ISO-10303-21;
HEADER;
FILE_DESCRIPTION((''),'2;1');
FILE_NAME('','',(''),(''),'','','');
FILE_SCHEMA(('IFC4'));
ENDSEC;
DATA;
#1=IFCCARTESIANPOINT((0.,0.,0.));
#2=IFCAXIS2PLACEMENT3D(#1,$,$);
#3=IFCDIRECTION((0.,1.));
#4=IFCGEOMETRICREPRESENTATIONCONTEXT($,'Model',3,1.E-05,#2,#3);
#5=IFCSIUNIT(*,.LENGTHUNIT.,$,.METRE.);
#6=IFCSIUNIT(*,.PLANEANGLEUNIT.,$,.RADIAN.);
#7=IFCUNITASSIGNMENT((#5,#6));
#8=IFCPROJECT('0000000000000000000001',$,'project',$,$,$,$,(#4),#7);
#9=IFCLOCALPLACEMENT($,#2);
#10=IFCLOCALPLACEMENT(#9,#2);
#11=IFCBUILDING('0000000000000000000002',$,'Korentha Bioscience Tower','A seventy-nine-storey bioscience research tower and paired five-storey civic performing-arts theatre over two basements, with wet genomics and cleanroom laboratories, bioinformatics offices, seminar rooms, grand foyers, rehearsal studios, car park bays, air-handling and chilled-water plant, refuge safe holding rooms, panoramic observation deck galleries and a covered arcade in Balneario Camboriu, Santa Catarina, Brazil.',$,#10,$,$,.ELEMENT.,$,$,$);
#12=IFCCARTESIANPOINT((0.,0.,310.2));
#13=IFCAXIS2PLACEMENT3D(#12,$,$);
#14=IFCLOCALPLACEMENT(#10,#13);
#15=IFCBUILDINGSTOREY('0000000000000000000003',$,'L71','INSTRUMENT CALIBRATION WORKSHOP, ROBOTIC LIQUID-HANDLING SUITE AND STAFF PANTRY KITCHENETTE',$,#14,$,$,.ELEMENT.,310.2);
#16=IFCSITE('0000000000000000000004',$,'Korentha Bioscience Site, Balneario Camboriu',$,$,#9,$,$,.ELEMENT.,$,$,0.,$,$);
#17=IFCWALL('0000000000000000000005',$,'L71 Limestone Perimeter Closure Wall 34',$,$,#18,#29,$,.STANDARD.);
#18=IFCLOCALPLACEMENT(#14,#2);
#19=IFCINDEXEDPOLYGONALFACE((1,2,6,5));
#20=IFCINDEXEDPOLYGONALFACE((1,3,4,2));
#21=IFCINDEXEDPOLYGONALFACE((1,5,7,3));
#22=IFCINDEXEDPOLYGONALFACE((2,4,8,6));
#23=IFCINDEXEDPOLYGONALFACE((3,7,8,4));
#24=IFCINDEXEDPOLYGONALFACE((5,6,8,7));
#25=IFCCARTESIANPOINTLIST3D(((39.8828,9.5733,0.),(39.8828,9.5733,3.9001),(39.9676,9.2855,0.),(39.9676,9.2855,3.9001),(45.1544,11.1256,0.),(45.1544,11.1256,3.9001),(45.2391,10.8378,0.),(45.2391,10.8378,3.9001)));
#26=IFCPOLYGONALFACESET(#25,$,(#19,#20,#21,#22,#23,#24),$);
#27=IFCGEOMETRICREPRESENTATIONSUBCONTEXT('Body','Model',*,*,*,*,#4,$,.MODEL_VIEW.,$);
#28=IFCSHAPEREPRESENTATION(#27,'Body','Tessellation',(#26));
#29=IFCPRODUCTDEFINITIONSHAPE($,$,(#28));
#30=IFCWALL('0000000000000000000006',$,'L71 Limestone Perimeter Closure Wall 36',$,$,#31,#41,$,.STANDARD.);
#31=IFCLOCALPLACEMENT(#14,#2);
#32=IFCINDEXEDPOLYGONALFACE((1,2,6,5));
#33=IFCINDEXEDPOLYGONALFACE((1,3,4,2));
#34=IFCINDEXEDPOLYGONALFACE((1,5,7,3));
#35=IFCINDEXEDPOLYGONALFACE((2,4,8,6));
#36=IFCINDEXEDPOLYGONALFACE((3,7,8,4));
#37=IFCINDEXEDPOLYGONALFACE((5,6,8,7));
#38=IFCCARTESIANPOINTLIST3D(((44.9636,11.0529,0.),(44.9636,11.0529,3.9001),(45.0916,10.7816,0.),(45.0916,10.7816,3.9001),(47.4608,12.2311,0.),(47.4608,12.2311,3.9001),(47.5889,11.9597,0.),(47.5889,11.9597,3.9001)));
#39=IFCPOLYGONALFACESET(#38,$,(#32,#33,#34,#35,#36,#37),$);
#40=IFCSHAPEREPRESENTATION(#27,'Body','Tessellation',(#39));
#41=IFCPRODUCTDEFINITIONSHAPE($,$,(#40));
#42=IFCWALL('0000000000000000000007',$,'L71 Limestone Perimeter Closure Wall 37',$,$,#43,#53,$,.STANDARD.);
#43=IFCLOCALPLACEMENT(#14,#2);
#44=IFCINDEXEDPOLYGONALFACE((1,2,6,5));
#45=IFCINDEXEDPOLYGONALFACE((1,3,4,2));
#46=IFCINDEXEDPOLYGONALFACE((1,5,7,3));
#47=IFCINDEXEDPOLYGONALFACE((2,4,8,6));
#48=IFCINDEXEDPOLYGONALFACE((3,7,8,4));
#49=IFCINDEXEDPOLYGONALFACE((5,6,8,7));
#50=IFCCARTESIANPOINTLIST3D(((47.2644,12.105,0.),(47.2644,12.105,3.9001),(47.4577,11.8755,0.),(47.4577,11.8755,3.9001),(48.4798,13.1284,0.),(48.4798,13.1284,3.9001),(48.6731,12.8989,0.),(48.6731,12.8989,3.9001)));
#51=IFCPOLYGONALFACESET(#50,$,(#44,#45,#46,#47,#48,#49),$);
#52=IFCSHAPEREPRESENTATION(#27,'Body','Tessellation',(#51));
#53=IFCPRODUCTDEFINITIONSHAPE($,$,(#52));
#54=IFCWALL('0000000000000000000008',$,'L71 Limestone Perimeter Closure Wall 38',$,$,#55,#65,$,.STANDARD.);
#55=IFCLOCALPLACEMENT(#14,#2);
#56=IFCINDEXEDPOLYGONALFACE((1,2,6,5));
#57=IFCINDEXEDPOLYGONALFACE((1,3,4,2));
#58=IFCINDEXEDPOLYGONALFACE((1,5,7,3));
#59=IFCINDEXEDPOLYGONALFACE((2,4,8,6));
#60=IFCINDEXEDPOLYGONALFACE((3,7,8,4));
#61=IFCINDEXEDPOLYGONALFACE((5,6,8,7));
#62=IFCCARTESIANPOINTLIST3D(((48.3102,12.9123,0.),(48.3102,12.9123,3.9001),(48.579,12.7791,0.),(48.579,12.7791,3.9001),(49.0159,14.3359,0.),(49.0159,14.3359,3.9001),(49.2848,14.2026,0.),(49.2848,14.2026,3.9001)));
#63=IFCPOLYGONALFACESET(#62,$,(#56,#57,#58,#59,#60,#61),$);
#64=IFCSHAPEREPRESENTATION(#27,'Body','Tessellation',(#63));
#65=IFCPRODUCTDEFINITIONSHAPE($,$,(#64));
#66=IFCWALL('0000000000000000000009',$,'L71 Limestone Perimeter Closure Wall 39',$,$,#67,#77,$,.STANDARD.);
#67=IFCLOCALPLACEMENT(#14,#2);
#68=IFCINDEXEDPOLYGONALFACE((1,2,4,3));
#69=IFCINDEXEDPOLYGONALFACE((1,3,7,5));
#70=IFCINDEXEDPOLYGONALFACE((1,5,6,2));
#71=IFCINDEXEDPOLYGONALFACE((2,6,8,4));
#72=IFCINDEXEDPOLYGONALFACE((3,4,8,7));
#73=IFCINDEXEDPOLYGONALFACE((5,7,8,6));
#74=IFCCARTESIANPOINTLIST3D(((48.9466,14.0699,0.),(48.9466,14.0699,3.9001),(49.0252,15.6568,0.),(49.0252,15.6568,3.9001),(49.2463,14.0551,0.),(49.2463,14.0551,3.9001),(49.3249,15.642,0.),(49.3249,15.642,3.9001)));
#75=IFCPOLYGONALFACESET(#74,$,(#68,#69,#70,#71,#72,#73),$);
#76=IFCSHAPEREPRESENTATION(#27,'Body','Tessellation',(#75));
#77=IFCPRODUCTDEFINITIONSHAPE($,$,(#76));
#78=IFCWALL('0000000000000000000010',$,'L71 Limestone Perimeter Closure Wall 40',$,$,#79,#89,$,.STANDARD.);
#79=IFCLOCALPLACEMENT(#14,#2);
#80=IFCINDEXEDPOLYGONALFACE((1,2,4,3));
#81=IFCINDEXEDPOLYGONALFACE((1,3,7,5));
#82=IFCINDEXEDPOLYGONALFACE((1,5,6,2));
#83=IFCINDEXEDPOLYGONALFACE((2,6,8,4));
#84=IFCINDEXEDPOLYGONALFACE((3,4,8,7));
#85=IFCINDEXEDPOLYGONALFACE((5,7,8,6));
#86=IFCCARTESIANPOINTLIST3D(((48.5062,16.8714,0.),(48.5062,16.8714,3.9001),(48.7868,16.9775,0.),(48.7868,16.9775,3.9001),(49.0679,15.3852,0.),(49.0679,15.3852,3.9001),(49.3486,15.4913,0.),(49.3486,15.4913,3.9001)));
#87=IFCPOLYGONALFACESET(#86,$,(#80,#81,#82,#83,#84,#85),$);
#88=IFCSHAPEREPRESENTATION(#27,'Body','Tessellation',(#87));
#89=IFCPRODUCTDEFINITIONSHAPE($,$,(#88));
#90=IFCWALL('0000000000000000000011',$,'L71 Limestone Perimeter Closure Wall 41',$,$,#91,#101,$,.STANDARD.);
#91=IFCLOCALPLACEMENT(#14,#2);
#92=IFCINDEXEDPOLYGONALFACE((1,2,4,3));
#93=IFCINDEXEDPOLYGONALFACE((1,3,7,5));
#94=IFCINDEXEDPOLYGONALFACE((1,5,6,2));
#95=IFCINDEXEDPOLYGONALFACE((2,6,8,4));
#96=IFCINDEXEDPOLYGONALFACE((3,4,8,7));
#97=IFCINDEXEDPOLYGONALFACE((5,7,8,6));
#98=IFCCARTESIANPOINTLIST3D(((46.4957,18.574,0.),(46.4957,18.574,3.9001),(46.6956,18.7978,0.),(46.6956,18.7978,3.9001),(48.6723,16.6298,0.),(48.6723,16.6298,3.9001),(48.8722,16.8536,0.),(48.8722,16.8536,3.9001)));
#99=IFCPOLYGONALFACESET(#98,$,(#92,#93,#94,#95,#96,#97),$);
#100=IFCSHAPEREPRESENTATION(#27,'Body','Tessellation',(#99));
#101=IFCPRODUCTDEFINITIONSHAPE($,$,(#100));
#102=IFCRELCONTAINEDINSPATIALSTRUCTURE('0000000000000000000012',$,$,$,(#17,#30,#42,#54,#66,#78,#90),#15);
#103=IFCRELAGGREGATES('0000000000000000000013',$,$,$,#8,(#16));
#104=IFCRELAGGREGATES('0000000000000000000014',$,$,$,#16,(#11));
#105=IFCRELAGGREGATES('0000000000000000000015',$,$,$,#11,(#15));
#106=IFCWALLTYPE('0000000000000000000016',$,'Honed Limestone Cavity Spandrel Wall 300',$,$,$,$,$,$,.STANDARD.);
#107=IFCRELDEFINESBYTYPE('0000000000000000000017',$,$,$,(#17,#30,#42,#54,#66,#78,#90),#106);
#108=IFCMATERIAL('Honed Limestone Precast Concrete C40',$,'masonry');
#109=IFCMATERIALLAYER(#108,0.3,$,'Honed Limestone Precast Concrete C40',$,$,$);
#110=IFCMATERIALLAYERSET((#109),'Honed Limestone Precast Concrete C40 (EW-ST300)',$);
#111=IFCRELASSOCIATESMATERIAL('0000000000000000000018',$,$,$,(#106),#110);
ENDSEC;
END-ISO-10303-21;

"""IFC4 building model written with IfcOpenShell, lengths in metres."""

from ifc_helpers import new_model, si_unit, direction, frame, frame_2d, origin, place, context, subcontext, project, spatial, rectangle, extrude, material, layer, layer_set, type_object, element, save


model = new_model("IFC4")

# Units and contexts
model_context = context("Model", 3, precision=1e-05, world=origin(), true_north=direction((0.0, 1.0)))
body_context = subcontext(model_context, "Body", "Model", "MODEL_VIEW")
ifc_project = project(units=[si_unit("LENGTHUNIT", "METRE"), si_unit("PLANEANGLEUNIT", "RADIAN")], contexts=[model_context])

# Site, building, storey
site_placement = place(None, origin())
site = spatial("IfcSite", under=ifc_project, at=site_placement, Name="Korentha Bioscience Site, Balneario Camboriu", CompositionType="ELEMENT", RefElevation=0.0)
building_placement = place(site_placement, origin())
building = spatial("IfcBuilding", under=site, at=building_placement, Name="Korentha Bioscience Tower", Description="A seventy-nine-storey bioscience research tower and paired five-storey civic performing-arts theatre over two basements, with wet genomics and cleanroom laboratories, bioinformatics offices, seminar rooms, grand foyers, rehearsal studios, car park bays, air-handling and chilled-water plant, refuge safe holding rooms, panoramic observation deck galleries and a covered arcade in Balneario Camboriu, Santa Catarina, Brazil.", CompositionType="ELEMENT")
storey_placement = place(building_placement, frame((0.0, 0.0, 310.2)))
storey = spatial("IfcBuildingStorey", under=building, at=storey_placement, Name="L71", Description="INSTRUMENT CALIBRATION WORKSHOP, ROBOTIC LIQUID-HANDLING SUITE AND STAFF PANTRY KITCHENETTE", CompositionType="ELEMENT", Elevation=310.2)

# Walls
ifc_material_1 = material(Name="Honed Limestone Precast Concrete C40", Category="masonry")
ifc_layer_1 = layer(ifc_material_1, 0.3, Name="Honed Limestone Precast Concrete C40")
ifc_layer_set_1 = layer_set([ifc_layer_1], Name="Honed Limestone Precast Concrete C40 (EW-ST300)")
wall_type_1 = type_object("IfcWallType", Name="Honed Limestone Cavity Spandrel Wall 300", PredefinedType="STANDARD", material=ifc_layer_set_1)
wall_1_placement = place(storey_placement, frame((39.9253, 9.4294, 0.0), z_axis=(0.0, 0.0, 1.0), x_axis=(0.959276, 0.282469, 0.0)))
element("IfcWall", 1, at=wall_1_placement, inside=storey, type_object=wall_type_1, Name="L71 Limestone Perimeter Closure Wall 34", PredefinedType="STANDARD", context=body_context, shape_type="SweptSolid", body=[
    extrude(rectangle(XDim=5.4954, YDim=0.3, at=frame_2d((2.7476, 0.0))), origin(), (0.0, 0.0, 1.0), 3.9001),
])
wall_2_placement = place(storey_placement, frame((45.0276, 10.9172, 0.0), z_axis=(0.0, 0.0, 1.0), x_axis=(0.904397, 0.426691, 0.0)))
element("IfcWall", 2, at=wall_2_placement, inside=storey, type_object=wall_type_1, Name="L71 Limestone Perimeter Closure Wall 36", PredefinedType="STANDARD", context=body_context, shape_type="SweptSolid", body=[
    extrude(rectangle(XDim=2.7612, YDim=0.3, at=frame_2d((1.3806, 0.0))), origin(), (0.0, 0.0, 1.0), 3.9001),
])
for number, where, z_axis, x_axis, name in (
    (3, (47.3611, 11.9902, 0.0), (0.0, 0.0, 1.0), (0.764911, 0.644136, 0.0), "L71 Limestone Perimeter Closure Wall 37"),
    (4, (48.4446, 12.8457, 0.0), (0.0, 0.0, 1.0), (0.4442, 0.895928, 0.0), "L71 Limestone Perimeter Closure Wall 38"),
    (5, (49.0964, 14.0625, 0.0), (0.0, 0.0, 1.0), (0.049478, 0.998775, 0.0), "L71 Limestone Perimeter Closure Wall 39"),
    (6, (49.2083, 15.4382, 0.0), (0.0, 0.0, 1.0), (-0.353547, 0.935417, 0.0), "L71 Limestone Perimeter Closure Wall 40"),
):
    element("IfcWall", number, at=place(storey_placement, frame(where, z_axis=z_axis, x_axis=x_axis)), inside=storey, type_object=wall_type_1, Name=name, PredefinedType="STANDARD", context=body_context, shape_type="SweptSolid", body=[
        extrude(rectangle(XDim=1.5889, YDim=0.3, at=frame_2d((0.7944, 0.0))), origin(), (0.0, 0.0, 1.0), 3.9001),
    ])
wall_3_placement = place(storey_placement, frame((48.7722, 16.7417, 0.0), z_axis=(0.0, 0.0, 1.0), x_axis=(-0.745806, 0.666164, 0.0)))
element("IfcWall", 7, at=wall_3_placement, inside=storey, type_object=wall_type_1, Name="L71 Limestone Perimeter Closure Wall 41", PredefinedType="STANDARD", context=body_context, shape_type="SweptSolid", body=[
    extrude(rectangle(XDim=2.9185, YDim=0.3, at=frame_2d((1.4592, 0.0))), origin(), (0.0, 0.0, 1.0), 3.9001),
])

save(model, "model.ifc")
